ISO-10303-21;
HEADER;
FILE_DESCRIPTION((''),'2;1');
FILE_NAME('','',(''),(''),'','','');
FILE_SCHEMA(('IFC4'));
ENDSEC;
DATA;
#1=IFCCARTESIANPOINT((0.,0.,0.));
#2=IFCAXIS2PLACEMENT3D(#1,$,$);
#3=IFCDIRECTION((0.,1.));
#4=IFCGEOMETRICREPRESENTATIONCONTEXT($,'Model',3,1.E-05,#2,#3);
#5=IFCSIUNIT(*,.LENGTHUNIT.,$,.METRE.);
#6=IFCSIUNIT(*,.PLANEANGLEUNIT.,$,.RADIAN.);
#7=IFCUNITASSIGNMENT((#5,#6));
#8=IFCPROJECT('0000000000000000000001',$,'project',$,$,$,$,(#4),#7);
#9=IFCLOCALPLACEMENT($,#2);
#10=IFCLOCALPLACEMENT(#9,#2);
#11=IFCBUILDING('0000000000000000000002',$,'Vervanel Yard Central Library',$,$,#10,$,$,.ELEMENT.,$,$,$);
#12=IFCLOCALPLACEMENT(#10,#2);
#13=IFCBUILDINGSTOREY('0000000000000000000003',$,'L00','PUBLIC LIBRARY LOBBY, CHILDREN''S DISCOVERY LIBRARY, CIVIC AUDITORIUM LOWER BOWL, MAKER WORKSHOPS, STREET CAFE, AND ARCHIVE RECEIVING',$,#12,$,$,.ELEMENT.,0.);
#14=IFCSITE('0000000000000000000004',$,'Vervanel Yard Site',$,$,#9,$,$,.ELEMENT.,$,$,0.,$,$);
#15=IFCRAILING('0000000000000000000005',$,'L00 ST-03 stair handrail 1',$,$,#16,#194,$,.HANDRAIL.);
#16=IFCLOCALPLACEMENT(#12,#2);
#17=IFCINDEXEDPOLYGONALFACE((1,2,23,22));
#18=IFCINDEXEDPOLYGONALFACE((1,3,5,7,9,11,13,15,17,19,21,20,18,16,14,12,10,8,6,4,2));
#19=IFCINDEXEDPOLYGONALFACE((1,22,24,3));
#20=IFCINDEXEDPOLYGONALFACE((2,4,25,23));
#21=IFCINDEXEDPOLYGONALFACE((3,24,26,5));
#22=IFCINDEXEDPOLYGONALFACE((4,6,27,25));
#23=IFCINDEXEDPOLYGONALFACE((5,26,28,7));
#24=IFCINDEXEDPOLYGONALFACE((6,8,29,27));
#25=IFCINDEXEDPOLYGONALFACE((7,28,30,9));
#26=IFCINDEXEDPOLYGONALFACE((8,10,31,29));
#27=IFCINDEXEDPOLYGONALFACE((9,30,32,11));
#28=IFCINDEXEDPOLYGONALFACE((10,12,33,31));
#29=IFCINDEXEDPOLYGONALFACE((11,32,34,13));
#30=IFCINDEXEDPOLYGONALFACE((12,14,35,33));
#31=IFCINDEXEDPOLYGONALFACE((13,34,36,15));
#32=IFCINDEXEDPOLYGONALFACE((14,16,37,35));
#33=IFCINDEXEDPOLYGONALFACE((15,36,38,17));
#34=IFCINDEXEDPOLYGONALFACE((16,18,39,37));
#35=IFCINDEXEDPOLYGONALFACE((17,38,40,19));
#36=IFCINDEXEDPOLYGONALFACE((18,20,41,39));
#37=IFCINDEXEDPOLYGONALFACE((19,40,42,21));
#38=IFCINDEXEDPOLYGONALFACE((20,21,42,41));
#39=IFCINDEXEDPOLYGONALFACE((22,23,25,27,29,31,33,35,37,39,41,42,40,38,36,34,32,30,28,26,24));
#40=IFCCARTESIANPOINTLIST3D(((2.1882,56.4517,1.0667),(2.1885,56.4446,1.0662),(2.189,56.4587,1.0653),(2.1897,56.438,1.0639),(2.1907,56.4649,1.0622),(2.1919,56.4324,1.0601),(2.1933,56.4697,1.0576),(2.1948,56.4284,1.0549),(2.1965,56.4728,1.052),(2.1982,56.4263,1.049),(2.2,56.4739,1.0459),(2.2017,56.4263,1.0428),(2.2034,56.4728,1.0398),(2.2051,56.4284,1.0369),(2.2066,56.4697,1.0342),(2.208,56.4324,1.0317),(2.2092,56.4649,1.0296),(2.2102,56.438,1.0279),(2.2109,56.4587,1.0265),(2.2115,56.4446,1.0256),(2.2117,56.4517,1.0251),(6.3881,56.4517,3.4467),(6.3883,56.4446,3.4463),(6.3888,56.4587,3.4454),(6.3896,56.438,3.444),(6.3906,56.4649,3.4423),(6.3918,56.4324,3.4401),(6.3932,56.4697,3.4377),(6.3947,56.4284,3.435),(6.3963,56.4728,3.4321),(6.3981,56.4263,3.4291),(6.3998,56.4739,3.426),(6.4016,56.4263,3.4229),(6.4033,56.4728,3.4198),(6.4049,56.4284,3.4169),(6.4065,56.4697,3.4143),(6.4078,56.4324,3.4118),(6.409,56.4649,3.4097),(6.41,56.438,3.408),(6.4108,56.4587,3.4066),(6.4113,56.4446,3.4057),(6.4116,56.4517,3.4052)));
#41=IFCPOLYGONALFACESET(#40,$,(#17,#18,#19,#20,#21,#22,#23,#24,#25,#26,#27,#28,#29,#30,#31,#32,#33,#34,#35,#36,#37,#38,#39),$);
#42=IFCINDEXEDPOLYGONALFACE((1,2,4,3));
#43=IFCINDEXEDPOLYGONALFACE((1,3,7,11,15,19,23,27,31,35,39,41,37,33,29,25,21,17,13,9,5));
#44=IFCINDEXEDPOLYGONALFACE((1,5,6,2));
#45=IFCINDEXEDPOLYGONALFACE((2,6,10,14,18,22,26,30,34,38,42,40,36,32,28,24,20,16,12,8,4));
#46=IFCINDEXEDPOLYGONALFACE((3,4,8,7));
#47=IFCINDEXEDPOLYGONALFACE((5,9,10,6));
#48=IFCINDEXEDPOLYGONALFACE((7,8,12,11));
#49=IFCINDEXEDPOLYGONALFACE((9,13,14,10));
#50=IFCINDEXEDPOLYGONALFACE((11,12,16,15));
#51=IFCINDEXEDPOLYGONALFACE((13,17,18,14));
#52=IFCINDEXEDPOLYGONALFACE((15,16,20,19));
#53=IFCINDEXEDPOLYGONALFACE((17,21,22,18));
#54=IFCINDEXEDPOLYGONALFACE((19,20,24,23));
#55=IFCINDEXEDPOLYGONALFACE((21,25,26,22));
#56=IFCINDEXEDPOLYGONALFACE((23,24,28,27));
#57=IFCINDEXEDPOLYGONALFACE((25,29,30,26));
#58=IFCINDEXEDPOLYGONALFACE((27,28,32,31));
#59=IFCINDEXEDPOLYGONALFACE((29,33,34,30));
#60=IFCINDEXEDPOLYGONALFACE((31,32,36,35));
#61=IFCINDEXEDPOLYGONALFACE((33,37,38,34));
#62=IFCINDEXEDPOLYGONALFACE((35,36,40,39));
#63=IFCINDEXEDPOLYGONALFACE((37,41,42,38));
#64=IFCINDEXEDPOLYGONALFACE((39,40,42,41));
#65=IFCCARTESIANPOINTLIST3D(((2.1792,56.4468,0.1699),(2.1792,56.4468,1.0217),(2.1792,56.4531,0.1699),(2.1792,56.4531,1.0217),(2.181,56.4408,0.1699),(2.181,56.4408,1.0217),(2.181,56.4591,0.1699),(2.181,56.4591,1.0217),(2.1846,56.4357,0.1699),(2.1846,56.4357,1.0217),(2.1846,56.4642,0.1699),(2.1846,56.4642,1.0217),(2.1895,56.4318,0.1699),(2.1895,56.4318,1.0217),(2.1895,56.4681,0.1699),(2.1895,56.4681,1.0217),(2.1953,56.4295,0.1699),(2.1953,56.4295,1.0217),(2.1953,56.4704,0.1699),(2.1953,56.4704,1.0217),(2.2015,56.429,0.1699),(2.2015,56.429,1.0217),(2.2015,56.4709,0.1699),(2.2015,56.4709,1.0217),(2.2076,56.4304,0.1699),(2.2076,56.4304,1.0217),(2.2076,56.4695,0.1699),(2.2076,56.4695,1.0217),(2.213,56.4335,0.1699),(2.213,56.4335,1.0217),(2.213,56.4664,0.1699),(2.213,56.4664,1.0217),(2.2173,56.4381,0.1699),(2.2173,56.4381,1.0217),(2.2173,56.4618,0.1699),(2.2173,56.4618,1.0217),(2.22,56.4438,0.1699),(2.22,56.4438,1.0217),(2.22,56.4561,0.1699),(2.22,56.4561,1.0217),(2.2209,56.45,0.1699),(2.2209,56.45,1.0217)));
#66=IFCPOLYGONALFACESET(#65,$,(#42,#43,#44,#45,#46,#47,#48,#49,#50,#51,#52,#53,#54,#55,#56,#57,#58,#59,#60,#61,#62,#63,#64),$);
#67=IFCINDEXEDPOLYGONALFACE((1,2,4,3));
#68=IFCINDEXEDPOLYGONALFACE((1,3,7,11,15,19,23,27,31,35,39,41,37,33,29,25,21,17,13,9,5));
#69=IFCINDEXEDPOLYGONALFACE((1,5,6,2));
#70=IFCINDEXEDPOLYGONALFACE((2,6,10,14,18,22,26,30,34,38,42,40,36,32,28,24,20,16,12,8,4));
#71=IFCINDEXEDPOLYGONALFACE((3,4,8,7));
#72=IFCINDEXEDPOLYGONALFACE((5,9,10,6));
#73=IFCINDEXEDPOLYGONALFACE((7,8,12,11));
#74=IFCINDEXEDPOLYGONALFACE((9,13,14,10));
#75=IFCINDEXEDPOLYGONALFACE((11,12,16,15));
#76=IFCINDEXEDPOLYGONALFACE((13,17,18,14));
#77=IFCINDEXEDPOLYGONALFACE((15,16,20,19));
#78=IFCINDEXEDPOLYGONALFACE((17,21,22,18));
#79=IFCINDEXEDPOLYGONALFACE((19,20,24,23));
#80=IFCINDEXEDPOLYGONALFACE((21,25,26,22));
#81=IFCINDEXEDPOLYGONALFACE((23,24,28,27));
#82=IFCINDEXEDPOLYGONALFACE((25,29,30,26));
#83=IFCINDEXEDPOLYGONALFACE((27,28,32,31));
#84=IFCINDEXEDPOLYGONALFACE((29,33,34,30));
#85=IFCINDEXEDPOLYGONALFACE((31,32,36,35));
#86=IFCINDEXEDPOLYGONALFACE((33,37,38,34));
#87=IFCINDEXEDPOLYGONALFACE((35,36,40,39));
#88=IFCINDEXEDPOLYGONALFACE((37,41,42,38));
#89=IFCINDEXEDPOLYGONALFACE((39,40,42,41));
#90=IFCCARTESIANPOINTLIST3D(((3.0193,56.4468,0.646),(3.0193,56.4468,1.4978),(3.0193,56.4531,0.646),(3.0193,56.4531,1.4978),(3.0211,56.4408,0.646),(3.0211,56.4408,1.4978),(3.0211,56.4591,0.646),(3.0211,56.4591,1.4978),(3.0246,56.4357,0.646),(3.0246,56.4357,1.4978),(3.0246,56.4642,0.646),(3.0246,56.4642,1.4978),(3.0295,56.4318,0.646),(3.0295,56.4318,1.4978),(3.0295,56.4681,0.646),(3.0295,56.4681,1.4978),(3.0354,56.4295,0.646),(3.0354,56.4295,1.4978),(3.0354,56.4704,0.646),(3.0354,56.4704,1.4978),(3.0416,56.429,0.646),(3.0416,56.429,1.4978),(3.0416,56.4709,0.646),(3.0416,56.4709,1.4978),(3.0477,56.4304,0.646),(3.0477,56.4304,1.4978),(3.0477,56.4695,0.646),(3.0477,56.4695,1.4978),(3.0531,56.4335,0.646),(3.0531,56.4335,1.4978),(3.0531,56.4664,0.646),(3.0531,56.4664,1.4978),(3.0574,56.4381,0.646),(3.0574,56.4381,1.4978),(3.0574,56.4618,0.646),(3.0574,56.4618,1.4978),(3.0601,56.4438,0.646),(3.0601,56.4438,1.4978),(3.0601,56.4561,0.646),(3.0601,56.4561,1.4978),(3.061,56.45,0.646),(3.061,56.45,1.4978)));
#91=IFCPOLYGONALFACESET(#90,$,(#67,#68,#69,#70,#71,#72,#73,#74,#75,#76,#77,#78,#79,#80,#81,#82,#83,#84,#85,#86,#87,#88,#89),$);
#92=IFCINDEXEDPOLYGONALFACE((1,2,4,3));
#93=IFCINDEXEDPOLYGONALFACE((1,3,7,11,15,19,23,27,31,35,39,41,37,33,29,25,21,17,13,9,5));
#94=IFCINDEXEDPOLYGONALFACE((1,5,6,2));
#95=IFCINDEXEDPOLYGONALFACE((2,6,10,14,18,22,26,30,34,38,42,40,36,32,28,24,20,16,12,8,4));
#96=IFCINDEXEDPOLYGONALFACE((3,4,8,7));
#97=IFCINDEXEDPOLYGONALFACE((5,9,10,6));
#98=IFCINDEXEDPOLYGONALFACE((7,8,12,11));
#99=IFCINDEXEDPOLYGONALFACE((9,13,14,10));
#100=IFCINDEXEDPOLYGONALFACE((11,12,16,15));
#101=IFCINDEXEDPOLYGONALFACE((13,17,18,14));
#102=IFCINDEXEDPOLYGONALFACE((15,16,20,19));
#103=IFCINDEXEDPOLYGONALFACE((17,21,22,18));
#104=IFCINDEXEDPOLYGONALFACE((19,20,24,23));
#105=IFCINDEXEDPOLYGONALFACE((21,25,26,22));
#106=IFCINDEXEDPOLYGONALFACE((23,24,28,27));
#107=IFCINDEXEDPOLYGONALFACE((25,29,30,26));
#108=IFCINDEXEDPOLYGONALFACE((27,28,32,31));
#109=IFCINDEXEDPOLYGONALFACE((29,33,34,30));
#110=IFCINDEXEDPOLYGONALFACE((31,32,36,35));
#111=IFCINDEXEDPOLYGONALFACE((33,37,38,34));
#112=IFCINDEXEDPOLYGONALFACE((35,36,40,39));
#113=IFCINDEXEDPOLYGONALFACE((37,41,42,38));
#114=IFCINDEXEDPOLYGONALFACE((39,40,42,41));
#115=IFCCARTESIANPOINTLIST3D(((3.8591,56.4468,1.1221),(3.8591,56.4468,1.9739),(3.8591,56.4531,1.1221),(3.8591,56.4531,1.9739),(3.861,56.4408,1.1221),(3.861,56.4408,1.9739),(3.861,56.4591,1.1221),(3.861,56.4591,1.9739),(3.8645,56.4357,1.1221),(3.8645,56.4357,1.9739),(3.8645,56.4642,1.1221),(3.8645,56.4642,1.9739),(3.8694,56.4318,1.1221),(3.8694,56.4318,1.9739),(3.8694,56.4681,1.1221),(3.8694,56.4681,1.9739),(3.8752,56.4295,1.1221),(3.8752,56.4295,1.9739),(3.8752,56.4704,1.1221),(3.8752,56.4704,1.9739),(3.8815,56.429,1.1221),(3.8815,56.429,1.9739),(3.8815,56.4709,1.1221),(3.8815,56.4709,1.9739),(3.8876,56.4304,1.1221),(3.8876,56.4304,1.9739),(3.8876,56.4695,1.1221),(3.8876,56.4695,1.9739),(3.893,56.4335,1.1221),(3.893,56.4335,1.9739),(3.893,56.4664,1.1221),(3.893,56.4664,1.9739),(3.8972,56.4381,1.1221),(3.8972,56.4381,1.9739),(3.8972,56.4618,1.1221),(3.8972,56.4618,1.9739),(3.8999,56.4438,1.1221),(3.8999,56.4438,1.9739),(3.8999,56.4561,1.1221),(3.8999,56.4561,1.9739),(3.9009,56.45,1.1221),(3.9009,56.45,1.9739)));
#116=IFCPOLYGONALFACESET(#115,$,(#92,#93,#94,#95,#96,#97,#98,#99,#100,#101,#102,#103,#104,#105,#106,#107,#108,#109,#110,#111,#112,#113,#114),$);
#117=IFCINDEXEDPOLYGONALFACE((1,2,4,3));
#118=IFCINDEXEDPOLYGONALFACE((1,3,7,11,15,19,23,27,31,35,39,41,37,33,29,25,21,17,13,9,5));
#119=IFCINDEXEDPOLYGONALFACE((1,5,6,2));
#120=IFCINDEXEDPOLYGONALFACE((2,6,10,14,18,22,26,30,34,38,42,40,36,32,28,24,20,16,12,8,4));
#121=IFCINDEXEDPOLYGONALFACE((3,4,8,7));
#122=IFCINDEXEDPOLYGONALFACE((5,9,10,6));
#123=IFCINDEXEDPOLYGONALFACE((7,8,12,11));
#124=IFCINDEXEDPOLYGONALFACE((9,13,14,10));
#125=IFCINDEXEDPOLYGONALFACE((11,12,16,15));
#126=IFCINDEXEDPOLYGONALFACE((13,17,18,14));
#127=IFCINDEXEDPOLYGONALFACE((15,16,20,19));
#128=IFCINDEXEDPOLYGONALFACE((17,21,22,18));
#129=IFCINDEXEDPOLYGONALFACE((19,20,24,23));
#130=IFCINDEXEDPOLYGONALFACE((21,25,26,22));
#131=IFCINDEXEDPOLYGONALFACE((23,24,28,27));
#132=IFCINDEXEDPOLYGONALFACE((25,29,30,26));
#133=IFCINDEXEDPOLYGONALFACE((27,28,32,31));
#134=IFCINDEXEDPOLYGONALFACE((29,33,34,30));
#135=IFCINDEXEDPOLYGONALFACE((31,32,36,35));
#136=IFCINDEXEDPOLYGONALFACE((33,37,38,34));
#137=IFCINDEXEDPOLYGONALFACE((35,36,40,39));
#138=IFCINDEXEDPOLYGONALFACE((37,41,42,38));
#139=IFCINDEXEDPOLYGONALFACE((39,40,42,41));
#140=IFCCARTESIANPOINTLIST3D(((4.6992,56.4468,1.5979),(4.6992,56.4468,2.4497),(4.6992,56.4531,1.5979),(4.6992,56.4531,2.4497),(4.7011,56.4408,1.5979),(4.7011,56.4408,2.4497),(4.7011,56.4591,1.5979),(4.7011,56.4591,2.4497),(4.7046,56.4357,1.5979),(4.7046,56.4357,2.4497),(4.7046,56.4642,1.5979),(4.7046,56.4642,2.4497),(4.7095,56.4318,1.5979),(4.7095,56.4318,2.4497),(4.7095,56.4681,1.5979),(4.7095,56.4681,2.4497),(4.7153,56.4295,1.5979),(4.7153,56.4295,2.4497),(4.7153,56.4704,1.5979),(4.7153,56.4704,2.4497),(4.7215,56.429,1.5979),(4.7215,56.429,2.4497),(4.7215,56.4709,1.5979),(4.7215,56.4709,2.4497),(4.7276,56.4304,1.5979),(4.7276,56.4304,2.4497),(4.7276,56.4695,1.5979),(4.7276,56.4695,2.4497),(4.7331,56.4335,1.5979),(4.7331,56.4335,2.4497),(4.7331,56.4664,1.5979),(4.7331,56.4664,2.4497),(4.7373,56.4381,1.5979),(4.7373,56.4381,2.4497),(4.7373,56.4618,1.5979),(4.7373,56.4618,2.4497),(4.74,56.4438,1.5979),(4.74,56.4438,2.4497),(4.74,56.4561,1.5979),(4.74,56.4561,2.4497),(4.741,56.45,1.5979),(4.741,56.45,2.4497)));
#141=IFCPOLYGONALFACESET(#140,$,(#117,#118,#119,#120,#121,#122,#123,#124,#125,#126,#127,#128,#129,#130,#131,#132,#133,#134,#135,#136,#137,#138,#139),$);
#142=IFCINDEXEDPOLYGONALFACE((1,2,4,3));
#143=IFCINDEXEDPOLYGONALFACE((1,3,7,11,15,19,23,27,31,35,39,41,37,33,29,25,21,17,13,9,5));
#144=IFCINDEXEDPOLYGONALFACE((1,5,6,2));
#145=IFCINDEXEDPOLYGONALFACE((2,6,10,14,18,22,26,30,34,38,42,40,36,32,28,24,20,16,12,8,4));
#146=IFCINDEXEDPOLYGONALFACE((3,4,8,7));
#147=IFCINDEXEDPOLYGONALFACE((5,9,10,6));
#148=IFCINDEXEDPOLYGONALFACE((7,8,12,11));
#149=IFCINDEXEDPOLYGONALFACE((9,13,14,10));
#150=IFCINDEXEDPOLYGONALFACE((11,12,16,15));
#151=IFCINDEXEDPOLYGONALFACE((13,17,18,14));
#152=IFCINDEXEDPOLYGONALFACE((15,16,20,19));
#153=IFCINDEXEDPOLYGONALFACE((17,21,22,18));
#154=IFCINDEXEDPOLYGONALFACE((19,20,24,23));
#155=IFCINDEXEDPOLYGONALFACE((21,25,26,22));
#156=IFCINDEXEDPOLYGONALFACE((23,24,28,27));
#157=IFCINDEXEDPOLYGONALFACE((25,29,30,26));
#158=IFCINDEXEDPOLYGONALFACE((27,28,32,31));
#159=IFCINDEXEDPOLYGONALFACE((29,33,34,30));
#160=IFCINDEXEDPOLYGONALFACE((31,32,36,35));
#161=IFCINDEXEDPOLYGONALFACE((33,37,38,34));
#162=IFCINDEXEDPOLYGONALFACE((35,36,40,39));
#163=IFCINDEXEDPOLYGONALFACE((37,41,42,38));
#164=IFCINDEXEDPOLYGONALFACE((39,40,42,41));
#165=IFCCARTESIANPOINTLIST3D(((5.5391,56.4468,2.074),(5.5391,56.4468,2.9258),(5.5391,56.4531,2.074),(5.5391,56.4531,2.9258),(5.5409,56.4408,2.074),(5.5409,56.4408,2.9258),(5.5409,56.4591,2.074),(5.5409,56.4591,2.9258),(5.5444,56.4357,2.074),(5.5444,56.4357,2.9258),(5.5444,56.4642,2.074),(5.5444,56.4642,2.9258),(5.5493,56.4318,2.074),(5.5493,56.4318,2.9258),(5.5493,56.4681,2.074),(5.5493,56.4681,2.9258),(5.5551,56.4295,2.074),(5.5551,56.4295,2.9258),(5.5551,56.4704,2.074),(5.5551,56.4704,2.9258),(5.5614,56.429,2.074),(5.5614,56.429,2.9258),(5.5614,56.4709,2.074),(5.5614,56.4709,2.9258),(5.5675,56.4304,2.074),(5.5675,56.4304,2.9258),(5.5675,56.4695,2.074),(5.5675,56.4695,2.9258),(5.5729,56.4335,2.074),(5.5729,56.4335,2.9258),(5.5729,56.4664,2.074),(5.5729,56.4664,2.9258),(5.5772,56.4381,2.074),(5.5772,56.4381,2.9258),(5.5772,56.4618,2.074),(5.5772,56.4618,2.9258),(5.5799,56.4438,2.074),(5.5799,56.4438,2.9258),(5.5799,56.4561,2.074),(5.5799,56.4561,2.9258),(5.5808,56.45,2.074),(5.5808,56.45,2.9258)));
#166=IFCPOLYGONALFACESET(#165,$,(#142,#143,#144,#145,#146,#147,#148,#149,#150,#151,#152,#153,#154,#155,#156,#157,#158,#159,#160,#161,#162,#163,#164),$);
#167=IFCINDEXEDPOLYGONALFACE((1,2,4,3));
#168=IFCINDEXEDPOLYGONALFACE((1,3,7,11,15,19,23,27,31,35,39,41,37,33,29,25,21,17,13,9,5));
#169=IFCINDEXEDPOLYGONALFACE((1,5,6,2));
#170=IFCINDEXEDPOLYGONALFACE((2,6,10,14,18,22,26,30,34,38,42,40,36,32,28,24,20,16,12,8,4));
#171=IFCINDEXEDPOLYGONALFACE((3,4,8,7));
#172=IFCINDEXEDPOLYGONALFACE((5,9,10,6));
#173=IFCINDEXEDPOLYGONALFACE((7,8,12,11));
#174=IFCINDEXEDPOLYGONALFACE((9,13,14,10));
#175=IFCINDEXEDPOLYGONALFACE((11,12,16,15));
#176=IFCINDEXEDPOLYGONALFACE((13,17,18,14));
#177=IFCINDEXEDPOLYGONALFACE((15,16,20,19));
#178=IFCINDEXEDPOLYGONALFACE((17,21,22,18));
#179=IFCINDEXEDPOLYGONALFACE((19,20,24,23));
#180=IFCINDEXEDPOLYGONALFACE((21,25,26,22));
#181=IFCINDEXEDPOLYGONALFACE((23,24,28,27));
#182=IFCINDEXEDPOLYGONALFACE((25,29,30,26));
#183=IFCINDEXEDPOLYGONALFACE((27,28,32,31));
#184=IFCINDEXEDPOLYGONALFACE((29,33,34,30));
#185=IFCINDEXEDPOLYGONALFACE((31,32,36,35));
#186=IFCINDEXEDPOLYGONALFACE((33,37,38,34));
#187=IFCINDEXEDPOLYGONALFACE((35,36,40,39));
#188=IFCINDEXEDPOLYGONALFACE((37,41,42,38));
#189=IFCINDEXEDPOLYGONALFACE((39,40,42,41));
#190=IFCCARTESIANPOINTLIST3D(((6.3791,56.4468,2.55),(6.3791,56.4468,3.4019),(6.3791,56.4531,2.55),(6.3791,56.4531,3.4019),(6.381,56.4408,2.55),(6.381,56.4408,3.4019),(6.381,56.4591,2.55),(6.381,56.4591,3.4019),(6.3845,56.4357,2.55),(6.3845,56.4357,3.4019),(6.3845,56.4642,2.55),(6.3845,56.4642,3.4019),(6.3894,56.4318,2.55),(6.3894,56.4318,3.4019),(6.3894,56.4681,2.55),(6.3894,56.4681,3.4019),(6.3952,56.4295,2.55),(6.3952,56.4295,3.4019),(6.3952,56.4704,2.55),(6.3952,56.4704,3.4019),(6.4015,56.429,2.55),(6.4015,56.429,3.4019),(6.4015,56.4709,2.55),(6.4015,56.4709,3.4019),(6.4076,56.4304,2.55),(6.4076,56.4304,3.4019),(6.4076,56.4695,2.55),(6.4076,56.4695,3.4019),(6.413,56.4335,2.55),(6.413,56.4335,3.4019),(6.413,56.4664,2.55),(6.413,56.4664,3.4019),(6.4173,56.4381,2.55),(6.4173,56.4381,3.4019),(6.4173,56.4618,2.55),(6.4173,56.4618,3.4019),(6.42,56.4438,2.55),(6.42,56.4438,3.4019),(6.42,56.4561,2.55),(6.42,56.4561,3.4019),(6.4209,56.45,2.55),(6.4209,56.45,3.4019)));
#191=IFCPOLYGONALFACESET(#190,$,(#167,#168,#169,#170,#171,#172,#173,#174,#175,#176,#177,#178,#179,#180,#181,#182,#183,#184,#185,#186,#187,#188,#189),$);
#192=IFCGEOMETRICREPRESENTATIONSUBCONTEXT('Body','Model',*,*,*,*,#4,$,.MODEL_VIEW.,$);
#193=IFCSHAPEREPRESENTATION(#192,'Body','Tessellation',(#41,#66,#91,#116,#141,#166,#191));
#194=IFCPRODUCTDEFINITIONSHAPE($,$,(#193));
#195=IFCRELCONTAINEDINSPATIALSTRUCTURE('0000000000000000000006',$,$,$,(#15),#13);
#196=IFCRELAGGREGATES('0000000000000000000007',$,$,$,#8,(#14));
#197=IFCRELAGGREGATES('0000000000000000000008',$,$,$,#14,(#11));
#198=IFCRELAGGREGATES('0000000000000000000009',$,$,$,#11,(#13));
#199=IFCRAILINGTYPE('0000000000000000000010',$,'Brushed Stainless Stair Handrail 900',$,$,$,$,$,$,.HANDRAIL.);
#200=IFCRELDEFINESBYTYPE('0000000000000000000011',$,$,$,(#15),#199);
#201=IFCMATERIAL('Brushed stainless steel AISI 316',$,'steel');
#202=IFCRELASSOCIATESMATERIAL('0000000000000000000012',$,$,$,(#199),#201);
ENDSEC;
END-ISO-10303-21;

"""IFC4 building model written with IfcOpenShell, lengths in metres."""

from ifc_helpers import new_model, si_unit, direction, frame, origin, origin_2d, place, context, subcontext, project, spatial, circle, extrude, material, type_object, element, save


model = new_model("IFC4")

# Units and contexts
model_context = context("Model", 3, precision=1e-05, world=origin(), true_north=direction((0.0, 1.0)))
body_context = subcontext(model_context, "Body", "Model", "MODEL_VIEW")
ifc_project = project(units=[si_unit("LENGTHUNIT", "METRE"), si_unit("PLANEANGLEUNIT", "RADIAN")], contexts=[model_context])

# Site, building, storey
site_placement = place(None, origin())
site = spatial("IfcSite", under=ifc_project, at=site_placement, Name="Vervanel Yard Site", CompositionType="ELEMENT", RefElevation=0.0)
building_placement = place(site_placement, origin())
building = spatial("IfcBuilding", under=site, at=building_placement, Name="Vervanel Yard Central Library", CompositionType="ELEMENT")
storey_placement = place(building_placement, origin())
storey = spatial("IfcBuildingStorey", under=building, at=storey_placement, Name="L00", Description="PUBLIC LIBRARY LOBBY, CHILDREN'S DISCOVERY LIBRARY, CIVIC AUDITORIUM LOWER BOWL, MAKER WORKSHOPS, STREET CAFE, AND ARCHIVE RECEIVING", CompositionType="ELEMENT", Elevation=0.0)

# Railing
ifc_material_1 = material(Name="Brushed stainless steel AISI 316", Category="steel")
railing_type_1 = type_object("IfcRailingType", Name="Brushed Stainless Stair Handrail 900", PredefinedType="HANDRAIL", material=ifc_material_1)
railing_1_placement = place(storey_placement, frame((2.2, 56.45, 0.1699)))
element("IfcRailing", 1, at=railing_1_placement, inside=storey, type_object=railing_type_1, Name="L00 ST-03 stair handrail 1", PredefinedType="HANDRAIL", context=body_context, shape_type="SweptSolid", body=[
    extrude(circle(Radius=0.0239, at=origin_2d()), frame((0.0, 0.0, 0.876), z_axis=(0.870008, 0.0, 0.493037), x_axis=(0.0, 1.0, 0.0)), (0.0, 0.0, 1.0), 4.8274),
    extrude(circle(Radius=0.021, at=origin_2d()), origin(), (0.0, 0.0, 1.0), 0.8518),
    extrude(circle(Radius=0.021, at=origin_2d()), frame((0.8401, 0.0, 0.4761)), (0.0, 0.0, 1.0), 0.8518),
    extrude(circle(Radius=0.021, at=origin_2d()), frame((1.6799, 0.0, 0.9521)), (0.0, 0.0, 1.0), 0.8518),
    extrude(circle(Radius=0.021, at=origin_2d()), frame((2.52, 0.0, 1.428)), (0.0, 0.0, 1.0), 0.8518),
    extrude(circle(Radius=0.021, at=origin_2d()), frame((3.3599, 0.0, 1.9041)), (0.0, 0.0, 1.0), 0.8518),
    extrude(circle(Radius=0.021, at=origin_2d()), frame((4.2, 0.0, 2.3801)), (0.0, 0.0, 1.0), 0.8518),
])

save(model, "model.ifc")
